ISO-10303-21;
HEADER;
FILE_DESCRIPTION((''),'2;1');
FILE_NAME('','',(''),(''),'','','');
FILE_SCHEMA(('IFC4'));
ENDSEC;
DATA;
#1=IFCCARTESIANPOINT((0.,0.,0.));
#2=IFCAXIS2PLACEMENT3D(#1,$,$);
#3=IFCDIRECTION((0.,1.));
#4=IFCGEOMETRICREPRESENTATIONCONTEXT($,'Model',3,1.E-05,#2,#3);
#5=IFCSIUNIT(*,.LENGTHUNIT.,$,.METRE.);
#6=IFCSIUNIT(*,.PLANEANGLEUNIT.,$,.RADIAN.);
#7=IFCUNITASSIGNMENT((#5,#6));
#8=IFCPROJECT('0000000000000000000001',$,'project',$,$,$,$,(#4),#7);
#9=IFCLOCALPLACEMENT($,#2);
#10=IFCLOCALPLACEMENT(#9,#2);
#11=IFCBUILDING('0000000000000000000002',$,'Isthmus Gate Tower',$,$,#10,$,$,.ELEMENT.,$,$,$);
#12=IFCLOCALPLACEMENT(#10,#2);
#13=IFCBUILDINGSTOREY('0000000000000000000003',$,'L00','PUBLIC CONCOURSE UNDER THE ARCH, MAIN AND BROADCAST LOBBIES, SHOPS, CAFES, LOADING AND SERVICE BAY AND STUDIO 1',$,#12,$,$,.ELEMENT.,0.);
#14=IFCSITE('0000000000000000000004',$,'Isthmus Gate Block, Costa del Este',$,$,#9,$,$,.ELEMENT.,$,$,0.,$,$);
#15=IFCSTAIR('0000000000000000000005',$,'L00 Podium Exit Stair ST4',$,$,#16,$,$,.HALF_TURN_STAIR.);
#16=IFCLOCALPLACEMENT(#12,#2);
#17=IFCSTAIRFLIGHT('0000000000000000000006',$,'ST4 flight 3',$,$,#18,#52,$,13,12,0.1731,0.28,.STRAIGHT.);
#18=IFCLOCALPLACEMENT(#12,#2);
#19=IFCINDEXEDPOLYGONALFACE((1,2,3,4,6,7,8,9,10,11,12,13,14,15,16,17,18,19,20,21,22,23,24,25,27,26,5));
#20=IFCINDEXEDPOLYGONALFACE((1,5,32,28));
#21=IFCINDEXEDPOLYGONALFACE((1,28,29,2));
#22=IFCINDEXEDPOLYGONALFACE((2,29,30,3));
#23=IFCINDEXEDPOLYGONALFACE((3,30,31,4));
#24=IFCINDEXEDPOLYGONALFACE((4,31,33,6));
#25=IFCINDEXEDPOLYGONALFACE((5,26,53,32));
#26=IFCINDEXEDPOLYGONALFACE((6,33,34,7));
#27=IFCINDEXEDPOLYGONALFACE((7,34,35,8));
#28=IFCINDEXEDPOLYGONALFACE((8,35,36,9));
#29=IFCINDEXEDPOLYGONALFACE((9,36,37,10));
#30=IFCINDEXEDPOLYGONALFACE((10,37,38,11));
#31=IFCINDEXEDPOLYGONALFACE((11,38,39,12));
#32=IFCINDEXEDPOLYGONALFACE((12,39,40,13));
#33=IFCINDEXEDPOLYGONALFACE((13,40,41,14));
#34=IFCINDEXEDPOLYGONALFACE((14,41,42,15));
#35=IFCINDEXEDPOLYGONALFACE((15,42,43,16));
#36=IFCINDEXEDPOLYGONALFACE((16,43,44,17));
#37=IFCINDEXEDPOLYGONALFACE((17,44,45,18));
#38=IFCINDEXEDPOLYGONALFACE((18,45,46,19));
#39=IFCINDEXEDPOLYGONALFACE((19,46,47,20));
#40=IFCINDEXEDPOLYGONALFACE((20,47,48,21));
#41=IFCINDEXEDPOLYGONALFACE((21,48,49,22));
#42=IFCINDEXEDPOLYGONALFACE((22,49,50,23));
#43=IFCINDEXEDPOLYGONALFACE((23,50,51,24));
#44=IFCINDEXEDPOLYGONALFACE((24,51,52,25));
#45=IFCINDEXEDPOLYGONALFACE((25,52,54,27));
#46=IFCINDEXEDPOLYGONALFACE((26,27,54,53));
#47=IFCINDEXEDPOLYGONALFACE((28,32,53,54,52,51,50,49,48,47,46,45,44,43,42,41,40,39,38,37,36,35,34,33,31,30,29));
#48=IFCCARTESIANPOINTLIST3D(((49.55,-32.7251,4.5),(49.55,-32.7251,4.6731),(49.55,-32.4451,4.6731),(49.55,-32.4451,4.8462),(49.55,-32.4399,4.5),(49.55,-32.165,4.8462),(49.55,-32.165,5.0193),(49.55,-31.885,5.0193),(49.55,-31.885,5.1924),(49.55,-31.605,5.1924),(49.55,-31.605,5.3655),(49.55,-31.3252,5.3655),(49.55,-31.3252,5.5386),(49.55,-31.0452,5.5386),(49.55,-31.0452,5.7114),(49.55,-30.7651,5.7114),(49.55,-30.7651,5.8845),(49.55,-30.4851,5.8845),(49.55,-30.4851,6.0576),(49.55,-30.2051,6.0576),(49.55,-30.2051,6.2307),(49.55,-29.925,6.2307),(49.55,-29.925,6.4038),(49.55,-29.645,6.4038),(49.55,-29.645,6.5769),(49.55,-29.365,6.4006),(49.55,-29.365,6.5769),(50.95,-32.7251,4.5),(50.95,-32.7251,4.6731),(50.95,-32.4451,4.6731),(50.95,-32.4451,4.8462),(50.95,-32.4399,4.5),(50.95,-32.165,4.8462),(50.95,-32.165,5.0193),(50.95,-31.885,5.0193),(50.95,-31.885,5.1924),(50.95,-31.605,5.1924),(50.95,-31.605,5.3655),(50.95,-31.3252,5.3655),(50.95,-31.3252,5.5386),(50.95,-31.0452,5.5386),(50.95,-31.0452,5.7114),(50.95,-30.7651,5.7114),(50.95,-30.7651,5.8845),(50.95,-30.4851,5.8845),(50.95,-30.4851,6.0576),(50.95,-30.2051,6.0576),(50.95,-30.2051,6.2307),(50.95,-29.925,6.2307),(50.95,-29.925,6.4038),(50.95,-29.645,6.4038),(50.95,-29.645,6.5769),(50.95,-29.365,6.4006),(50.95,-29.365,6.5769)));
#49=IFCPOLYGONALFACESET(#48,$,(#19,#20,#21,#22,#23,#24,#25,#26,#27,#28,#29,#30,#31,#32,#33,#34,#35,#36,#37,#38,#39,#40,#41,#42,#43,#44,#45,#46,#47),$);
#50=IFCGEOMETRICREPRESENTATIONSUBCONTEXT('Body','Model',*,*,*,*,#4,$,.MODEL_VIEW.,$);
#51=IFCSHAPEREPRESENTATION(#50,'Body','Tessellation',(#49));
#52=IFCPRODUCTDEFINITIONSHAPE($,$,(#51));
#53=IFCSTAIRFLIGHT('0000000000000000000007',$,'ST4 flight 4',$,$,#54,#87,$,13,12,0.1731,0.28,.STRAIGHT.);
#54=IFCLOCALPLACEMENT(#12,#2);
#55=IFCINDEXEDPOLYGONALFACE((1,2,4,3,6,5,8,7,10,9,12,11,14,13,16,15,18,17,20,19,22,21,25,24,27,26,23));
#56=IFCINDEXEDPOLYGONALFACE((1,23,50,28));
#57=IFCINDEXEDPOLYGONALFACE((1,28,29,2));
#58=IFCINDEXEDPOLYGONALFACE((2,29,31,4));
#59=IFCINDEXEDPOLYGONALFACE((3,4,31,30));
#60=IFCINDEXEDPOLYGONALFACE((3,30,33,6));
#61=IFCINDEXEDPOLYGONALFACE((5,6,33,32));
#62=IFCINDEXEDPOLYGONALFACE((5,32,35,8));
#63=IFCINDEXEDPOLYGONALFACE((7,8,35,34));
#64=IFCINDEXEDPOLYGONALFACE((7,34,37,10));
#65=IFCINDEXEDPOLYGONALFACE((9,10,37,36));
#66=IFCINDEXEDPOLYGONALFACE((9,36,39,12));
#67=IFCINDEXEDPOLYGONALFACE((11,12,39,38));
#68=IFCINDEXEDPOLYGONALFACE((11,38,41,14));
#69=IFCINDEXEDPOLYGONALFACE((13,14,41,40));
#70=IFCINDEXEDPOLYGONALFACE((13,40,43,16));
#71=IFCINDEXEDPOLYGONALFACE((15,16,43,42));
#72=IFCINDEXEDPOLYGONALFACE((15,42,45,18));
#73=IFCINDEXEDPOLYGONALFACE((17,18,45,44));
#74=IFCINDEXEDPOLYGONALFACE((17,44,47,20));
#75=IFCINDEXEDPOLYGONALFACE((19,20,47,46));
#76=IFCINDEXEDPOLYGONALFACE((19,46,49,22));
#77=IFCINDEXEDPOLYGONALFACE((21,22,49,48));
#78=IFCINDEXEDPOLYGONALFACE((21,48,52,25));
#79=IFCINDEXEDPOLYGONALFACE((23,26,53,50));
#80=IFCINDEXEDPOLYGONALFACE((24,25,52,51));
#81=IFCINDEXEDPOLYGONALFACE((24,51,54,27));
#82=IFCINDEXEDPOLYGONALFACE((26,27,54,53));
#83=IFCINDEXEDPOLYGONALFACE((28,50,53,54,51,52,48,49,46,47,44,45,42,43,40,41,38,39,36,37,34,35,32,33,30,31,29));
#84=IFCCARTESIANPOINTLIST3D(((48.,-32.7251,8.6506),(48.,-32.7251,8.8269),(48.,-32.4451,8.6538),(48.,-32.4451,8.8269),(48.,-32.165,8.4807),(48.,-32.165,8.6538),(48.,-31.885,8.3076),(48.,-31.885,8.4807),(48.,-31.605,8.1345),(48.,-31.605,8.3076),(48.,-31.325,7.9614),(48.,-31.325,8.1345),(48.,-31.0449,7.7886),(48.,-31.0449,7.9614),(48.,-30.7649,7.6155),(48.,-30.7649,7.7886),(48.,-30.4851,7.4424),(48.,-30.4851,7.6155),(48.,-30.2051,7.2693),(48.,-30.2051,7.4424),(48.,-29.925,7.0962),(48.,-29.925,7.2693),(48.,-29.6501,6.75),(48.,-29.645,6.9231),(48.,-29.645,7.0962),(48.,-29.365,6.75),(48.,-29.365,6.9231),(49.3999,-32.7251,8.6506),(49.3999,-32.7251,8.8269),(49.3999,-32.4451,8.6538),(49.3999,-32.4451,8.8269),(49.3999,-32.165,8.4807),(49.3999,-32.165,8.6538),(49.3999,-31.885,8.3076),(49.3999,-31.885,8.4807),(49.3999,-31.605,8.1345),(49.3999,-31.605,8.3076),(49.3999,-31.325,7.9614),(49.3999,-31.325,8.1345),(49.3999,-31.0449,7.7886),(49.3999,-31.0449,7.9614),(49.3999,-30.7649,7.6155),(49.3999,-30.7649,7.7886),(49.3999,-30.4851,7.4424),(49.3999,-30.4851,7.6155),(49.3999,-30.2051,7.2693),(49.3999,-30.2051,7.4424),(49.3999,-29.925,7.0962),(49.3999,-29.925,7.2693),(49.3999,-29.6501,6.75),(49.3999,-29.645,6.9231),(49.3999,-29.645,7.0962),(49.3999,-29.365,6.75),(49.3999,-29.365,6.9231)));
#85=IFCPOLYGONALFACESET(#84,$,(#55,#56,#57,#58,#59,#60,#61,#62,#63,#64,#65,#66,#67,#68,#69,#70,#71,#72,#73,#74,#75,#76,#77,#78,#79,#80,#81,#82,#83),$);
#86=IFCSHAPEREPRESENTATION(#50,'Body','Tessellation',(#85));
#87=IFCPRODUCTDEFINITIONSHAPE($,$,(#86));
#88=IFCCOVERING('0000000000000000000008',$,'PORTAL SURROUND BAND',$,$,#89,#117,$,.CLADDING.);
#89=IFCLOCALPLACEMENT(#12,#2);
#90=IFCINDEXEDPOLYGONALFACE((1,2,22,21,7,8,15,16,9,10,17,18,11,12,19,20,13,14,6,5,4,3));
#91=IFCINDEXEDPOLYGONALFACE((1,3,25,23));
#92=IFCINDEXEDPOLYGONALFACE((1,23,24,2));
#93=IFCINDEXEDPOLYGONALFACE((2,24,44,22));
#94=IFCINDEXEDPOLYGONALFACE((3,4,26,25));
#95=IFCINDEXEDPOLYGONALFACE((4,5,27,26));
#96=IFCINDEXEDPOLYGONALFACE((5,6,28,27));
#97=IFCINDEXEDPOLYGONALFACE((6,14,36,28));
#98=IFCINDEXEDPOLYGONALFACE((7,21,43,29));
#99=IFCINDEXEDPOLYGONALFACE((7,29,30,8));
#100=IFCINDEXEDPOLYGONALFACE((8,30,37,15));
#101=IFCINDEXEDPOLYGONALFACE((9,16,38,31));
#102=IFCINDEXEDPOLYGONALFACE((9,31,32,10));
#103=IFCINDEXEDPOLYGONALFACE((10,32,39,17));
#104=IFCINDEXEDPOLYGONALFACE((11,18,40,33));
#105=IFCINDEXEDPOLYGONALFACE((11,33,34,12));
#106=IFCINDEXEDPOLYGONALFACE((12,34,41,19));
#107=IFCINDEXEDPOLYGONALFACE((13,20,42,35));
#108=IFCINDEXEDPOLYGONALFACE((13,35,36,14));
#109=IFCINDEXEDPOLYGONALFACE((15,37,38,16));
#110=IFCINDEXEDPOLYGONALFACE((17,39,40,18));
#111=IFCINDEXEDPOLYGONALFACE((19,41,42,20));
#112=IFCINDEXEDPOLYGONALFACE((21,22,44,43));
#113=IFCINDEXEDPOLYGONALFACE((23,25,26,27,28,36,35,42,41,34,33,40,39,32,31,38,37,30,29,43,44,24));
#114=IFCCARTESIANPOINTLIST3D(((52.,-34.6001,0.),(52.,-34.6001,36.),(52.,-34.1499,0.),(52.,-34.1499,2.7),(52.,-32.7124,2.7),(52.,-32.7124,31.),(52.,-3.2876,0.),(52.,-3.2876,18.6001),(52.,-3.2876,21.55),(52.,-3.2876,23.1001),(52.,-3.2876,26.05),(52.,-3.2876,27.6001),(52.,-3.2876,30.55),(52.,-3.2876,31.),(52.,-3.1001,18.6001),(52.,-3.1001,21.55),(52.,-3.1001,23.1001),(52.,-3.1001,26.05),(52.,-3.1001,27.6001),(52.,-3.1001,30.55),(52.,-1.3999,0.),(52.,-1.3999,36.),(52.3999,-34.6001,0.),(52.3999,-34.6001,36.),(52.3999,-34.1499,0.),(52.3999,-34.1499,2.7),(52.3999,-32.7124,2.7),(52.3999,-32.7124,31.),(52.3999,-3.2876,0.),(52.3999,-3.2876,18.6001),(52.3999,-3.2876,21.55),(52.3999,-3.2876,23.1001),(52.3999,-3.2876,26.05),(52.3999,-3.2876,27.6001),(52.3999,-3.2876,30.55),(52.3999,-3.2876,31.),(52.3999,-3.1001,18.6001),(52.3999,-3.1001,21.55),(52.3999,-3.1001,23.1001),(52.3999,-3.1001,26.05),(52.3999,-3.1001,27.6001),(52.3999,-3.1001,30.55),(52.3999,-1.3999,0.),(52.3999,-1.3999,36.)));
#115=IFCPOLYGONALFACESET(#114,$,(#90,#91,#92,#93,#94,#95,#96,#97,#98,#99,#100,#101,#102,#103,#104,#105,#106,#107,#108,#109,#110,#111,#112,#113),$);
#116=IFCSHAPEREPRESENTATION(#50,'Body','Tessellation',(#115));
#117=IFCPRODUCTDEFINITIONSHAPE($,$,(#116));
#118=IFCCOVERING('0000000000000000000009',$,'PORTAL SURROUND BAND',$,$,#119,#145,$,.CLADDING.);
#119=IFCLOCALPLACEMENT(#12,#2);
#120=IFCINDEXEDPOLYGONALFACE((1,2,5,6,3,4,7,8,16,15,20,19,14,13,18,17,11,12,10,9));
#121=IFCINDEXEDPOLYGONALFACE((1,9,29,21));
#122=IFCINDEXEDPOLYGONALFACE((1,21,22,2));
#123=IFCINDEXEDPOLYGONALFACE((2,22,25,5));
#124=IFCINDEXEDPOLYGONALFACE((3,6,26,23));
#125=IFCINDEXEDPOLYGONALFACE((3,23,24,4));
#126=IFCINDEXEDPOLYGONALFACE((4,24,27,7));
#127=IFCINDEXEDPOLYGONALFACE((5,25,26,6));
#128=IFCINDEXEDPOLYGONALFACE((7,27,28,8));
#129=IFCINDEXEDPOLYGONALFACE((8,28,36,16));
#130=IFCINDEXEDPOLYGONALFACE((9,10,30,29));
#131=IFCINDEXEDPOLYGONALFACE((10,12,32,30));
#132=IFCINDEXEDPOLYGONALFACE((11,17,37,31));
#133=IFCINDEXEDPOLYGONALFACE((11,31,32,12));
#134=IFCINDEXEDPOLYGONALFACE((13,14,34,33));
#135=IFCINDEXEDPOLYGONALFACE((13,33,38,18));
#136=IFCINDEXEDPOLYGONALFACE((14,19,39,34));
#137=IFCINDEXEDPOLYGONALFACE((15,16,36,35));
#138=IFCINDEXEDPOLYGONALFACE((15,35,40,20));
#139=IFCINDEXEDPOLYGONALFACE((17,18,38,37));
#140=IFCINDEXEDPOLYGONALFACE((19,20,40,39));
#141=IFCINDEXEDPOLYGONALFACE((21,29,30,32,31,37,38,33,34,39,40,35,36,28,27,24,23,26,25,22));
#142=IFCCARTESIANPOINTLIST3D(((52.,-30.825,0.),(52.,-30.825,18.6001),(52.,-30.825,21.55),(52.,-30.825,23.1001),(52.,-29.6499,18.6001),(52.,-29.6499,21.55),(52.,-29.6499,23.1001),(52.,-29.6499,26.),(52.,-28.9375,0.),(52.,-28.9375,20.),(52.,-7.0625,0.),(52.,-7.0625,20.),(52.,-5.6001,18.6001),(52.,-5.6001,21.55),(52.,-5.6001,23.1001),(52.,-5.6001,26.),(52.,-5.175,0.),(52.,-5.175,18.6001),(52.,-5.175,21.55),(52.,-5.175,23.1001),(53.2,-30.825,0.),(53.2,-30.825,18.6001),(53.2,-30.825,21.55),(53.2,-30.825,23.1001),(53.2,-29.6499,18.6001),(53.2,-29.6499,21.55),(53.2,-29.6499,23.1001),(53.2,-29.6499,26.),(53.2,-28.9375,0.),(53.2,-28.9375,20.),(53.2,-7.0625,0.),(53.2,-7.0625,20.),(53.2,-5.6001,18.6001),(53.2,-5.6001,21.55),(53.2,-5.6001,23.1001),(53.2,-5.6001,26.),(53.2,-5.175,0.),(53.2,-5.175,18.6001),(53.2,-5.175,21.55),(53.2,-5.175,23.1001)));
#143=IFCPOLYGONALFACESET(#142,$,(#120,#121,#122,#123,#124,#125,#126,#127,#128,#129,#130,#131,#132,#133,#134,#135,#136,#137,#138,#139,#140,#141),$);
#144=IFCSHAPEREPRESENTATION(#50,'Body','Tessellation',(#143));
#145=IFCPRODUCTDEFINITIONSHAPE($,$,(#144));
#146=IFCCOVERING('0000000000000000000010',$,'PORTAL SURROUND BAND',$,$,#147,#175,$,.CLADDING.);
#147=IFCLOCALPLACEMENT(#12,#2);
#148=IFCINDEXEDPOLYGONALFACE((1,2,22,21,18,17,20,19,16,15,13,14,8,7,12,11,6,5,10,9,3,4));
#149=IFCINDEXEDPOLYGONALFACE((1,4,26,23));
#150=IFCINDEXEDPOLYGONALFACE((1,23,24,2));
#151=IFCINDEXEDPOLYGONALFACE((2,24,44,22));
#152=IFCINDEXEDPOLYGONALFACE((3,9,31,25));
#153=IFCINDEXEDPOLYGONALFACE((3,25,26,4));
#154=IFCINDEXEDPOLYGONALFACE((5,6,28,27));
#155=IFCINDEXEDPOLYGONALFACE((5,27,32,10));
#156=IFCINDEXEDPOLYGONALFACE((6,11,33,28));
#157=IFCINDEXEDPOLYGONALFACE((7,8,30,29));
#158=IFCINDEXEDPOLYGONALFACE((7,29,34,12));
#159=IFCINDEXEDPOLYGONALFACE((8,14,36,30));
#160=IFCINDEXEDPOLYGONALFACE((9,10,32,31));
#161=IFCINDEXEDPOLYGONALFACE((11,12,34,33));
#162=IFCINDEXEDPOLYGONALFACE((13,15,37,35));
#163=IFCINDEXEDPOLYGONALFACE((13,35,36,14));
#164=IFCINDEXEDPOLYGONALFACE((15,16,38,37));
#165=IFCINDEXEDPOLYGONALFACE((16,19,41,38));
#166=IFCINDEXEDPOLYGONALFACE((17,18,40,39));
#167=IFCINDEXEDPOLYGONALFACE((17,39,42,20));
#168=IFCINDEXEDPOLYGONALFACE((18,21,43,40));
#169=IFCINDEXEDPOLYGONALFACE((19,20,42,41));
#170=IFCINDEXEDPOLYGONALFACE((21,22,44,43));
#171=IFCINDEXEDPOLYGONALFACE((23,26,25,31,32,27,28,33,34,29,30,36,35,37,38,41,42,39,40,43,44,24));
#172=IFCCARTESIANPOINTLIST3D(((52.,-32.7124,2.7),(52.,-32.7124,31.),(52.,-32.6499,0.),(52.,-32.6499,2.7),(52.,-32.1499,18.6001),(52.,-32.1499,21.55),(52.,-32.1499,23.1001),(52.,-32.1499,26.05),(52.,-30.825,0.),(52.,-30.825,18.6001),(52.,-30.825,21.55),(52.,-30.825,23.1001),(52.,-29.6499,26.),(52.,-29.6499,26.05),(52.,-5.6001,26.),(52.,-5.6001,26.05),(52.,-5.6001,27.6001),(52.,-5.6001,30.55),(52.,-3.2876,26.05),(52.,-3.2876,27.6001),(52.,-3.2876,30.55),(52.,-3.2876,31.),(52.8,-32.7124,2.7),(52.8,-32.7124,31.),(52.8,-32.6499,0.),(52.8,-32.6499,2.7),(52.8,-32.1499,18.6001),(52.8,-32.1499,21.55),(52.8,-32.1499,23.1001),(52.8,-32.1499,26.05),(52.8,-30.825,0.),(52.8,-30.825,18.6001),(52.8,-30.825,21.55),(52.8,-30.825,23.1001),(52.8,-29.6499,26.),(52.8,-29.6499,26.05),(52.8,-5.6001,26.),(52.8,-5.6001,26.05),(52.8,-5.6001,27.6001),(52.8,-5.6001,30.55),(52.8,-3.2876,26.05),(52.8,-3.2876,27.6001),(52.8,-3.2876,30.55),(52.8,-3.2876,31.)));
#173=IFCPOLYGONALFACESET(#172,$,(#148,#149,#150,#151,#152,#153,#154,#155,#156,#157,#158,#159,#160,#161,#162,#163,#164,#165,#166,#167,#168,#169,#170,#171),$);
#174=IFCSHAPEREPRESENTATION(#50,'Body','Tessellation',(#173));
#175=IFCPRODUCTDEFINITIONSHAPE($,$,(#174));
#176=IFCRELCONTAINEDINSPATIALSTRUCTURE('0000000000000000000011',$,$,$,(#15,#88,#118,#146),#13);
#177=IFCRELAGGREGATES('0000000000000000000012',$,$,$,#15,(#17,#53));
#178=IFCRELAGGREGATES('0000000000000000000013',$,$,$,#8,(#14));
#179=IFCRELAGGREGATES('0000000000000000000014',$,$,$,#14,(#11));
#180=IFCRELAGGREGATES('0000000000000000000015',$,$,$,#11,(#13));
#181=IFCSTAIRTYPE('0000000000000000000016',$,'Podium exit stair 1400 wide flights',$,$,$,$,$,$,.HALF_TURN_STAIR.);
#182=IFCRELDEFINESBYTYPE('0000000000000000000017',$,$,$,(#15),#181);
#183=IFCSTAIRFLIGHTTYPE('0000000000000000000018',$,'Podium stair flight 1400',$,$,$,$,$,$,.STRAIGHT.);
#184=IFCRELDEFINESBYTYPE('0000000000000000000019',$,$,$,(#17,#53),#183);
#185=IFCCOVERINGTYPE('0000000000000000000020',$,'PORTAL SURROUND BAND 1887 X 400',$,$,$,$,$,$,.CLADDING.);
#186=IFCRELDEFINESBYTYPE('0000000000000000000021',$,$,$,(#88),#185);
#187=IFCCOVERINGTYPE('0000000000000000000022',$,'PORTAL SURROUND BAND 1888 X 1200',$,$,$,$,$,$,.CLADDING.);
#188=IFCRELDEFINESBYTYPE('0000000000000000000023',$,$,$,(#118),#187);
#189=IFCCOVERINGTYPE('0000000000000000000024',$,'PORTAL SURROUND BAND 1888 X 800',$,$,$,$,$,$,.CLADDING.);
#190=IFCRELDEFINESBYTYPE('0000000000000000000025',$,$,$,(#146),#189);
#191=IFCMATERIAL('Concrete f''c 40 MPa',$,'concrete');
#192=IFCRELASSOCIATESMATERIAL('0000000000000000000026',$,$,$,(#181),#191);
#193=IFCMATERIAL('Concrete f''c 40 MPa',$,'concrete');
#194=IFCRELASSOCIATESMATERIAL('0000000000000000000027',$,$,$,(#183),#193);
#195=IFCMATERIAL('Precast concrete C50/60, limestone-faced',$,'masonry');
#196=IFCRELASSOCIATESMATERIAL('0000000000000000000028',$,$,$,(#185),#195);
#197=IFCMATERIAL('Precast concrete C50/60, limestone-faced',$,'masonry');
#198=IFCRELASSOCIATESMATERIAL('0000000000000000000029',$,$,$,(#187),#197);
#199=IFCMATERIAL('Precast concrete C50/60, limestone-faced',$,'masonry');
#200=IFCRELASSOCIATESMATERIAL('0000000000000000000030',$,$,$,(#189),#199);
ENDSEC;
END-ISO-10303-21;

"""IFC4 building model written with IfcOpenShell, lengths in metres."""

from ifc_helpers import new_model, si_unit, direction, frame, origin, place, context, subcontext, project, spatial, polyline, outline, extrude, material, type_object, element, aggregate, save


model = new_model("IFC4")

# Units and contexts
model_context = context("Model", 3, precision=1e-05, world=origin(), true_north=direction((0.0, 1.0)))
body_context = subcontext(model_context, "Body", "Model", "MODEL_VIEW")
ifc_project = project(units=[si_unit("LENGTHUNIT", "METRE"), si_unit("PLANEANGLEUNIT", "RADIAN")], contexts=[model_context])

# Site, building, storey
site_placement = place(None, origin())
site = spatial("IfcSite", under=ifc_project, at=site_placement, Name="Isthmus Gate Block, Costa del Este", CompositionType="ELEMENT", RefElevation=0.0)
building_placement = place(site_placement, origin())
building = spatial("IfcBuilding", under=site, at=building_placement, Name="Isthmus Gate Tower", CompositionType="ELEMENT")
storey_placement = place(building_placement, origin())
storey = spatial("IfcBuildingStorey", under=building, at=storey_placement, Name="L00", Description="PUBLIC CONCOURSE UNDER THE ARCH, MAIN AND BROADCAST LOBBIES, SHOPS, CAFES, LOADING AND SERVICE BAY AND STUDIO 1", CompositionType="ELEMENT", Elevation=0.0)

# Stair, stair flights
ifc_material_1 = material(Name="Concrete f'c 40 MPa", Category="concrete")
stair_type = type_object("IfcStairType", Name="Podium exit stair 1400 wide flights", PredefinedType="HALF_TURN_STAIR", material=ifc_material_1)
stair_placement = place(storey_placement, origin())
stair = element("IfcStair", 1, at=stair_placement, inside=storey, type_object=stair_type, Name="L00 Podium Exit Stair ST4", PredefinedType="HALF_TURN_STAIR")
ifc_material_2 = material(Name="Concrete f'c 40 MPa", Category="concrete")
stair_flight_type = type_object("IfcStairFlightType", Name="Podium stair flight 1400", PredefinedType="STRAIGHT", material=ifc_material_2)
stair_flight_1_placement = place(storey_placement, frame((50.25, -32.7251, 4.5), z_axis=(0.0, 0.0, 1.0), x_axis=(0.0, 1.0, 0.0)))
stair_flight_1 = element("IfcStairFlight", 2, at=stair_flight_1_placement, type_object=stair_flight_type, Name="ST4 flight 3", NumberOfRisers=13, NumberOfTreads=12, PredefinedType="STRAIGHT", RiserHeight=0.1731, TreadLength=0.28, context=body_context, shape_type="SweptSolid", body=[
    extrude(outline(polyline([(0.0, 0.0), (0.0, 0.1731), (0.28, 0.1731), (0.28, 0.3462), (0.5601, 0.3462), (0.5601, 0.5193), (0.8401, 0.5193), (0.8401, 0.6924), (1.1201, 0.6924), (1.1201, 0.8655), (1.3999, 0.8655), (1.3999, 1.0386), (1.6799, 1.0386), (1.6799, 1.2114), (1.96, 1.2114), (1.96, 1.3845), (2.24, 1.3845), (2.24, 1.5576), (2.52, 1.5576), (2.52, 1.7307), (2.8, 1.7307), (2.8, 1.9038), (3.0801, 1.9038), (3.0801, 2.0769), (3.3601, 2.0769), (3.3601, 2.25), (3.3601, 1.9006), (0.2852, 0.0), (0.0, 0.0)])), frame((0.0, 0.7, 0.0), z_axis=(0.0, -1.0, 0.0), x_axis=(1.0, 0.0, 0.0)), (0.0, 0.0, 1.0), 1.3999),
])
stair_flight_2_placement = place(storey_placement, frame((48.7, -29.365, 6.75), z_axis=(0.0, 0.0, 1.0), x_axis=(0.0, -1.0, 0.0)))
stair_flight_2 = element("IfcStairFlight", 3, at=stair_flight_2_placement, type_object=stair_flight_type, Name="ST4 flight 4", NumberOfRisers=13, NumberOfTreads=12, PredefinedType="STRAIGHT", RiserHeight=0.1731, TreadLength=0.28, context=body_context, shape_type="SweptSolid", body=[
    extrude(outline(polyline([(0.0, 0.0), (0.0, 0.1731), (0.28, 0.1731), (0.28, 0.3462), (0.5601, 0.3462), (0.5601, 0.5193), (0.8401, 0.5193), (0.8401, 0.6924), (1.1201, 0.6924), (1.1201, 0.8655), (1.3999, 0.8655), (1.3999, 1.0386), (1.6799, 1.0386), (1.6799, 1.2114), (1.96, 1.2114), (1.96, 1.3845), (2.24, 1.3845), (2.24, 1.5576), (2.52, 1.5576), (2.52, 1.7307), (2.8, 1.7307), (2.8, 1.9038), (3.0801, 1.9038), (3.0801, 2.0769), (3.3601, 2.0769), (3.3601, 2.25), (3.3601, 1.9006), (0.2852, 0.0), (0.0, 0.0)])), frame((0.0, 0.7, 0.0), z_axis=(0.0, -1.0, 0.0), x_axis=(1.0, 0.0, 0.0)), (0.0, 0.0, 1.0), 1.3999),
])
aggregate(stair, [stair_flight_1, stair_flight_2])

# Coverings
ifc_material_3 = material(Name="Precast concrete C50/60, limestone-faced", Category="masonry")
covering_type_1 = type_object("IfcCoveringType", Name="PORTAL SURROUND BAND 1887 X 400", PredefinedType="CLADDING", material=ifc_material_3)
covering_1_placement = place(storey_placement, frame((52.3999, -34.6001, 0.0), z_axis=(1.0, 0.0, 0.0), x_axis=(0.0, 1.0, 0.0)))
element("IfcCovering", 4, at=covering_1_placement, inside=storey, type_object=covering_type_1, Name="PORTAL SURROUND BAND", PredefinedType="CLADDING", context=body_context, shape_type="SweptSolid", body=[
    extrude(outline(polyline([(0.0, 0.0), (0.4502, 0.0), (0.4502, 2.7), (1.8877, 2.7), (1.8877, 31.0), (31.3125, 31.0), (31.3125, 30.55), (31.5, 30.55), (31.5, 27.6001), (31.3125, 27.6001), (31.3125, 26.05), (31.5, 26.05), (31.5, 23.1001), (31.3125, 23.1001), (31.3125, 21.55), (31.5, 21.55), (31.5, 18.6001), (31.3125, 18.6001), (31.3125, 0.0), (33.2002, 0.0), (33.2002, 36.0), (0.0, 36.0), (0.0, 0.0)])), origin(), (0.0, 0.0, -1.0), 0.3999),
])
ifc_material_4 = material(Name="Precast concrete C50/60, limestone-faced", Category="masonry")
covering_type_2 = type_object("IfcCoveringType", Name="PORTAL SURROUND BAND 1888 X 1200", PredefinedType="CLADDING", material=ifc_material_4)
covering_2_placement = place(storey_placement, frame((53.2, -30.825, 0.0), z_axis=(1.0, 0.0, 0.0), x_axis=(0.0, 1.0, 0.0)))
element("IfcCovering", 5, at=covering_2_placement, inside=storey, type_object=covering_type_2, Name="PORTAL SURROUND BAND", PredefinedType="CLADDING", context=body_context, shape_type="SweptSolid", body=[
    extrude(outline(polyline([(0.0, 0.0), (1.8875, 0.0), (1.8875, 20.0), (23.7625, 20.0), (23.7625, 0.0), (25.6499, 0.0), (25.6499, 18.6001), (25.2249, 18.6001), (25.2249, 21.55), (25.6499, 21.55), (25.6499, 23.1001), (25.2249, 23.1001), (25.2249, 26.0), (1.175, 26.0), (1.175, 23.1001), (0.0, 23.1001), (0.0, 21.55), (1.175, 21.55), (1.175, 18.6001), (0.0, 18.6001), (0.0, 0.0)])), origin(), (0.0, 0.0, -1.0), 1.2),
])
ifc_material_5 = material(Name="Precast concrete C50/60, limestone-faced", Category="masonry")
covering_type_3 = type_object("IfcCoveringType", Name="PORTAL SURROUND BAND 1888 X 800", PredefinedType="CLADDING", material=ifc_material_5)
covering_3_placement = place(storey_placement, frame((52.8, -32.7124, 2.7), z_axis=(1.0, 0.0, 0.0), x_axis=(0.0, 1.0, 0.0)))
element("IfcCovering", 6, at=covering_3_placement, inside=storey, type_object=covering_type_3, Name="PORTAL SURROUND BAND", PredefinedType="CLADDING", context=body_context, shape_type="SweptSolid", body=[
    extrude(outline(polyline([(0.0, 0.0), (0.0625, 0.0), (0.0625, -2.7), (1.8875, -2.7), (1.8875, 15.9001), (0.5625, 15.9001), (0.5625, 18.8501), (1.8875, 18.8501), (1.8875, 20.4001), (0.5625, 20.4001), (0.5625, 23.3501), (3.0625, 23.3501), (3.0625, 23.3), (27.1123, 23.3), (27.1123, 23.3501), (29.4248, 23.3501), (29.4248, 24.9001), (27.1123, 24.9001), (27.1123, 27.8501), (29.4248, 27.8501), (29.4248, 28.3), (0.0, 28.3), (0.0, 0.0)])), origin(), (0.0, 0.0, -1.0), 0.8),
])

save(model, "model.ifc")
